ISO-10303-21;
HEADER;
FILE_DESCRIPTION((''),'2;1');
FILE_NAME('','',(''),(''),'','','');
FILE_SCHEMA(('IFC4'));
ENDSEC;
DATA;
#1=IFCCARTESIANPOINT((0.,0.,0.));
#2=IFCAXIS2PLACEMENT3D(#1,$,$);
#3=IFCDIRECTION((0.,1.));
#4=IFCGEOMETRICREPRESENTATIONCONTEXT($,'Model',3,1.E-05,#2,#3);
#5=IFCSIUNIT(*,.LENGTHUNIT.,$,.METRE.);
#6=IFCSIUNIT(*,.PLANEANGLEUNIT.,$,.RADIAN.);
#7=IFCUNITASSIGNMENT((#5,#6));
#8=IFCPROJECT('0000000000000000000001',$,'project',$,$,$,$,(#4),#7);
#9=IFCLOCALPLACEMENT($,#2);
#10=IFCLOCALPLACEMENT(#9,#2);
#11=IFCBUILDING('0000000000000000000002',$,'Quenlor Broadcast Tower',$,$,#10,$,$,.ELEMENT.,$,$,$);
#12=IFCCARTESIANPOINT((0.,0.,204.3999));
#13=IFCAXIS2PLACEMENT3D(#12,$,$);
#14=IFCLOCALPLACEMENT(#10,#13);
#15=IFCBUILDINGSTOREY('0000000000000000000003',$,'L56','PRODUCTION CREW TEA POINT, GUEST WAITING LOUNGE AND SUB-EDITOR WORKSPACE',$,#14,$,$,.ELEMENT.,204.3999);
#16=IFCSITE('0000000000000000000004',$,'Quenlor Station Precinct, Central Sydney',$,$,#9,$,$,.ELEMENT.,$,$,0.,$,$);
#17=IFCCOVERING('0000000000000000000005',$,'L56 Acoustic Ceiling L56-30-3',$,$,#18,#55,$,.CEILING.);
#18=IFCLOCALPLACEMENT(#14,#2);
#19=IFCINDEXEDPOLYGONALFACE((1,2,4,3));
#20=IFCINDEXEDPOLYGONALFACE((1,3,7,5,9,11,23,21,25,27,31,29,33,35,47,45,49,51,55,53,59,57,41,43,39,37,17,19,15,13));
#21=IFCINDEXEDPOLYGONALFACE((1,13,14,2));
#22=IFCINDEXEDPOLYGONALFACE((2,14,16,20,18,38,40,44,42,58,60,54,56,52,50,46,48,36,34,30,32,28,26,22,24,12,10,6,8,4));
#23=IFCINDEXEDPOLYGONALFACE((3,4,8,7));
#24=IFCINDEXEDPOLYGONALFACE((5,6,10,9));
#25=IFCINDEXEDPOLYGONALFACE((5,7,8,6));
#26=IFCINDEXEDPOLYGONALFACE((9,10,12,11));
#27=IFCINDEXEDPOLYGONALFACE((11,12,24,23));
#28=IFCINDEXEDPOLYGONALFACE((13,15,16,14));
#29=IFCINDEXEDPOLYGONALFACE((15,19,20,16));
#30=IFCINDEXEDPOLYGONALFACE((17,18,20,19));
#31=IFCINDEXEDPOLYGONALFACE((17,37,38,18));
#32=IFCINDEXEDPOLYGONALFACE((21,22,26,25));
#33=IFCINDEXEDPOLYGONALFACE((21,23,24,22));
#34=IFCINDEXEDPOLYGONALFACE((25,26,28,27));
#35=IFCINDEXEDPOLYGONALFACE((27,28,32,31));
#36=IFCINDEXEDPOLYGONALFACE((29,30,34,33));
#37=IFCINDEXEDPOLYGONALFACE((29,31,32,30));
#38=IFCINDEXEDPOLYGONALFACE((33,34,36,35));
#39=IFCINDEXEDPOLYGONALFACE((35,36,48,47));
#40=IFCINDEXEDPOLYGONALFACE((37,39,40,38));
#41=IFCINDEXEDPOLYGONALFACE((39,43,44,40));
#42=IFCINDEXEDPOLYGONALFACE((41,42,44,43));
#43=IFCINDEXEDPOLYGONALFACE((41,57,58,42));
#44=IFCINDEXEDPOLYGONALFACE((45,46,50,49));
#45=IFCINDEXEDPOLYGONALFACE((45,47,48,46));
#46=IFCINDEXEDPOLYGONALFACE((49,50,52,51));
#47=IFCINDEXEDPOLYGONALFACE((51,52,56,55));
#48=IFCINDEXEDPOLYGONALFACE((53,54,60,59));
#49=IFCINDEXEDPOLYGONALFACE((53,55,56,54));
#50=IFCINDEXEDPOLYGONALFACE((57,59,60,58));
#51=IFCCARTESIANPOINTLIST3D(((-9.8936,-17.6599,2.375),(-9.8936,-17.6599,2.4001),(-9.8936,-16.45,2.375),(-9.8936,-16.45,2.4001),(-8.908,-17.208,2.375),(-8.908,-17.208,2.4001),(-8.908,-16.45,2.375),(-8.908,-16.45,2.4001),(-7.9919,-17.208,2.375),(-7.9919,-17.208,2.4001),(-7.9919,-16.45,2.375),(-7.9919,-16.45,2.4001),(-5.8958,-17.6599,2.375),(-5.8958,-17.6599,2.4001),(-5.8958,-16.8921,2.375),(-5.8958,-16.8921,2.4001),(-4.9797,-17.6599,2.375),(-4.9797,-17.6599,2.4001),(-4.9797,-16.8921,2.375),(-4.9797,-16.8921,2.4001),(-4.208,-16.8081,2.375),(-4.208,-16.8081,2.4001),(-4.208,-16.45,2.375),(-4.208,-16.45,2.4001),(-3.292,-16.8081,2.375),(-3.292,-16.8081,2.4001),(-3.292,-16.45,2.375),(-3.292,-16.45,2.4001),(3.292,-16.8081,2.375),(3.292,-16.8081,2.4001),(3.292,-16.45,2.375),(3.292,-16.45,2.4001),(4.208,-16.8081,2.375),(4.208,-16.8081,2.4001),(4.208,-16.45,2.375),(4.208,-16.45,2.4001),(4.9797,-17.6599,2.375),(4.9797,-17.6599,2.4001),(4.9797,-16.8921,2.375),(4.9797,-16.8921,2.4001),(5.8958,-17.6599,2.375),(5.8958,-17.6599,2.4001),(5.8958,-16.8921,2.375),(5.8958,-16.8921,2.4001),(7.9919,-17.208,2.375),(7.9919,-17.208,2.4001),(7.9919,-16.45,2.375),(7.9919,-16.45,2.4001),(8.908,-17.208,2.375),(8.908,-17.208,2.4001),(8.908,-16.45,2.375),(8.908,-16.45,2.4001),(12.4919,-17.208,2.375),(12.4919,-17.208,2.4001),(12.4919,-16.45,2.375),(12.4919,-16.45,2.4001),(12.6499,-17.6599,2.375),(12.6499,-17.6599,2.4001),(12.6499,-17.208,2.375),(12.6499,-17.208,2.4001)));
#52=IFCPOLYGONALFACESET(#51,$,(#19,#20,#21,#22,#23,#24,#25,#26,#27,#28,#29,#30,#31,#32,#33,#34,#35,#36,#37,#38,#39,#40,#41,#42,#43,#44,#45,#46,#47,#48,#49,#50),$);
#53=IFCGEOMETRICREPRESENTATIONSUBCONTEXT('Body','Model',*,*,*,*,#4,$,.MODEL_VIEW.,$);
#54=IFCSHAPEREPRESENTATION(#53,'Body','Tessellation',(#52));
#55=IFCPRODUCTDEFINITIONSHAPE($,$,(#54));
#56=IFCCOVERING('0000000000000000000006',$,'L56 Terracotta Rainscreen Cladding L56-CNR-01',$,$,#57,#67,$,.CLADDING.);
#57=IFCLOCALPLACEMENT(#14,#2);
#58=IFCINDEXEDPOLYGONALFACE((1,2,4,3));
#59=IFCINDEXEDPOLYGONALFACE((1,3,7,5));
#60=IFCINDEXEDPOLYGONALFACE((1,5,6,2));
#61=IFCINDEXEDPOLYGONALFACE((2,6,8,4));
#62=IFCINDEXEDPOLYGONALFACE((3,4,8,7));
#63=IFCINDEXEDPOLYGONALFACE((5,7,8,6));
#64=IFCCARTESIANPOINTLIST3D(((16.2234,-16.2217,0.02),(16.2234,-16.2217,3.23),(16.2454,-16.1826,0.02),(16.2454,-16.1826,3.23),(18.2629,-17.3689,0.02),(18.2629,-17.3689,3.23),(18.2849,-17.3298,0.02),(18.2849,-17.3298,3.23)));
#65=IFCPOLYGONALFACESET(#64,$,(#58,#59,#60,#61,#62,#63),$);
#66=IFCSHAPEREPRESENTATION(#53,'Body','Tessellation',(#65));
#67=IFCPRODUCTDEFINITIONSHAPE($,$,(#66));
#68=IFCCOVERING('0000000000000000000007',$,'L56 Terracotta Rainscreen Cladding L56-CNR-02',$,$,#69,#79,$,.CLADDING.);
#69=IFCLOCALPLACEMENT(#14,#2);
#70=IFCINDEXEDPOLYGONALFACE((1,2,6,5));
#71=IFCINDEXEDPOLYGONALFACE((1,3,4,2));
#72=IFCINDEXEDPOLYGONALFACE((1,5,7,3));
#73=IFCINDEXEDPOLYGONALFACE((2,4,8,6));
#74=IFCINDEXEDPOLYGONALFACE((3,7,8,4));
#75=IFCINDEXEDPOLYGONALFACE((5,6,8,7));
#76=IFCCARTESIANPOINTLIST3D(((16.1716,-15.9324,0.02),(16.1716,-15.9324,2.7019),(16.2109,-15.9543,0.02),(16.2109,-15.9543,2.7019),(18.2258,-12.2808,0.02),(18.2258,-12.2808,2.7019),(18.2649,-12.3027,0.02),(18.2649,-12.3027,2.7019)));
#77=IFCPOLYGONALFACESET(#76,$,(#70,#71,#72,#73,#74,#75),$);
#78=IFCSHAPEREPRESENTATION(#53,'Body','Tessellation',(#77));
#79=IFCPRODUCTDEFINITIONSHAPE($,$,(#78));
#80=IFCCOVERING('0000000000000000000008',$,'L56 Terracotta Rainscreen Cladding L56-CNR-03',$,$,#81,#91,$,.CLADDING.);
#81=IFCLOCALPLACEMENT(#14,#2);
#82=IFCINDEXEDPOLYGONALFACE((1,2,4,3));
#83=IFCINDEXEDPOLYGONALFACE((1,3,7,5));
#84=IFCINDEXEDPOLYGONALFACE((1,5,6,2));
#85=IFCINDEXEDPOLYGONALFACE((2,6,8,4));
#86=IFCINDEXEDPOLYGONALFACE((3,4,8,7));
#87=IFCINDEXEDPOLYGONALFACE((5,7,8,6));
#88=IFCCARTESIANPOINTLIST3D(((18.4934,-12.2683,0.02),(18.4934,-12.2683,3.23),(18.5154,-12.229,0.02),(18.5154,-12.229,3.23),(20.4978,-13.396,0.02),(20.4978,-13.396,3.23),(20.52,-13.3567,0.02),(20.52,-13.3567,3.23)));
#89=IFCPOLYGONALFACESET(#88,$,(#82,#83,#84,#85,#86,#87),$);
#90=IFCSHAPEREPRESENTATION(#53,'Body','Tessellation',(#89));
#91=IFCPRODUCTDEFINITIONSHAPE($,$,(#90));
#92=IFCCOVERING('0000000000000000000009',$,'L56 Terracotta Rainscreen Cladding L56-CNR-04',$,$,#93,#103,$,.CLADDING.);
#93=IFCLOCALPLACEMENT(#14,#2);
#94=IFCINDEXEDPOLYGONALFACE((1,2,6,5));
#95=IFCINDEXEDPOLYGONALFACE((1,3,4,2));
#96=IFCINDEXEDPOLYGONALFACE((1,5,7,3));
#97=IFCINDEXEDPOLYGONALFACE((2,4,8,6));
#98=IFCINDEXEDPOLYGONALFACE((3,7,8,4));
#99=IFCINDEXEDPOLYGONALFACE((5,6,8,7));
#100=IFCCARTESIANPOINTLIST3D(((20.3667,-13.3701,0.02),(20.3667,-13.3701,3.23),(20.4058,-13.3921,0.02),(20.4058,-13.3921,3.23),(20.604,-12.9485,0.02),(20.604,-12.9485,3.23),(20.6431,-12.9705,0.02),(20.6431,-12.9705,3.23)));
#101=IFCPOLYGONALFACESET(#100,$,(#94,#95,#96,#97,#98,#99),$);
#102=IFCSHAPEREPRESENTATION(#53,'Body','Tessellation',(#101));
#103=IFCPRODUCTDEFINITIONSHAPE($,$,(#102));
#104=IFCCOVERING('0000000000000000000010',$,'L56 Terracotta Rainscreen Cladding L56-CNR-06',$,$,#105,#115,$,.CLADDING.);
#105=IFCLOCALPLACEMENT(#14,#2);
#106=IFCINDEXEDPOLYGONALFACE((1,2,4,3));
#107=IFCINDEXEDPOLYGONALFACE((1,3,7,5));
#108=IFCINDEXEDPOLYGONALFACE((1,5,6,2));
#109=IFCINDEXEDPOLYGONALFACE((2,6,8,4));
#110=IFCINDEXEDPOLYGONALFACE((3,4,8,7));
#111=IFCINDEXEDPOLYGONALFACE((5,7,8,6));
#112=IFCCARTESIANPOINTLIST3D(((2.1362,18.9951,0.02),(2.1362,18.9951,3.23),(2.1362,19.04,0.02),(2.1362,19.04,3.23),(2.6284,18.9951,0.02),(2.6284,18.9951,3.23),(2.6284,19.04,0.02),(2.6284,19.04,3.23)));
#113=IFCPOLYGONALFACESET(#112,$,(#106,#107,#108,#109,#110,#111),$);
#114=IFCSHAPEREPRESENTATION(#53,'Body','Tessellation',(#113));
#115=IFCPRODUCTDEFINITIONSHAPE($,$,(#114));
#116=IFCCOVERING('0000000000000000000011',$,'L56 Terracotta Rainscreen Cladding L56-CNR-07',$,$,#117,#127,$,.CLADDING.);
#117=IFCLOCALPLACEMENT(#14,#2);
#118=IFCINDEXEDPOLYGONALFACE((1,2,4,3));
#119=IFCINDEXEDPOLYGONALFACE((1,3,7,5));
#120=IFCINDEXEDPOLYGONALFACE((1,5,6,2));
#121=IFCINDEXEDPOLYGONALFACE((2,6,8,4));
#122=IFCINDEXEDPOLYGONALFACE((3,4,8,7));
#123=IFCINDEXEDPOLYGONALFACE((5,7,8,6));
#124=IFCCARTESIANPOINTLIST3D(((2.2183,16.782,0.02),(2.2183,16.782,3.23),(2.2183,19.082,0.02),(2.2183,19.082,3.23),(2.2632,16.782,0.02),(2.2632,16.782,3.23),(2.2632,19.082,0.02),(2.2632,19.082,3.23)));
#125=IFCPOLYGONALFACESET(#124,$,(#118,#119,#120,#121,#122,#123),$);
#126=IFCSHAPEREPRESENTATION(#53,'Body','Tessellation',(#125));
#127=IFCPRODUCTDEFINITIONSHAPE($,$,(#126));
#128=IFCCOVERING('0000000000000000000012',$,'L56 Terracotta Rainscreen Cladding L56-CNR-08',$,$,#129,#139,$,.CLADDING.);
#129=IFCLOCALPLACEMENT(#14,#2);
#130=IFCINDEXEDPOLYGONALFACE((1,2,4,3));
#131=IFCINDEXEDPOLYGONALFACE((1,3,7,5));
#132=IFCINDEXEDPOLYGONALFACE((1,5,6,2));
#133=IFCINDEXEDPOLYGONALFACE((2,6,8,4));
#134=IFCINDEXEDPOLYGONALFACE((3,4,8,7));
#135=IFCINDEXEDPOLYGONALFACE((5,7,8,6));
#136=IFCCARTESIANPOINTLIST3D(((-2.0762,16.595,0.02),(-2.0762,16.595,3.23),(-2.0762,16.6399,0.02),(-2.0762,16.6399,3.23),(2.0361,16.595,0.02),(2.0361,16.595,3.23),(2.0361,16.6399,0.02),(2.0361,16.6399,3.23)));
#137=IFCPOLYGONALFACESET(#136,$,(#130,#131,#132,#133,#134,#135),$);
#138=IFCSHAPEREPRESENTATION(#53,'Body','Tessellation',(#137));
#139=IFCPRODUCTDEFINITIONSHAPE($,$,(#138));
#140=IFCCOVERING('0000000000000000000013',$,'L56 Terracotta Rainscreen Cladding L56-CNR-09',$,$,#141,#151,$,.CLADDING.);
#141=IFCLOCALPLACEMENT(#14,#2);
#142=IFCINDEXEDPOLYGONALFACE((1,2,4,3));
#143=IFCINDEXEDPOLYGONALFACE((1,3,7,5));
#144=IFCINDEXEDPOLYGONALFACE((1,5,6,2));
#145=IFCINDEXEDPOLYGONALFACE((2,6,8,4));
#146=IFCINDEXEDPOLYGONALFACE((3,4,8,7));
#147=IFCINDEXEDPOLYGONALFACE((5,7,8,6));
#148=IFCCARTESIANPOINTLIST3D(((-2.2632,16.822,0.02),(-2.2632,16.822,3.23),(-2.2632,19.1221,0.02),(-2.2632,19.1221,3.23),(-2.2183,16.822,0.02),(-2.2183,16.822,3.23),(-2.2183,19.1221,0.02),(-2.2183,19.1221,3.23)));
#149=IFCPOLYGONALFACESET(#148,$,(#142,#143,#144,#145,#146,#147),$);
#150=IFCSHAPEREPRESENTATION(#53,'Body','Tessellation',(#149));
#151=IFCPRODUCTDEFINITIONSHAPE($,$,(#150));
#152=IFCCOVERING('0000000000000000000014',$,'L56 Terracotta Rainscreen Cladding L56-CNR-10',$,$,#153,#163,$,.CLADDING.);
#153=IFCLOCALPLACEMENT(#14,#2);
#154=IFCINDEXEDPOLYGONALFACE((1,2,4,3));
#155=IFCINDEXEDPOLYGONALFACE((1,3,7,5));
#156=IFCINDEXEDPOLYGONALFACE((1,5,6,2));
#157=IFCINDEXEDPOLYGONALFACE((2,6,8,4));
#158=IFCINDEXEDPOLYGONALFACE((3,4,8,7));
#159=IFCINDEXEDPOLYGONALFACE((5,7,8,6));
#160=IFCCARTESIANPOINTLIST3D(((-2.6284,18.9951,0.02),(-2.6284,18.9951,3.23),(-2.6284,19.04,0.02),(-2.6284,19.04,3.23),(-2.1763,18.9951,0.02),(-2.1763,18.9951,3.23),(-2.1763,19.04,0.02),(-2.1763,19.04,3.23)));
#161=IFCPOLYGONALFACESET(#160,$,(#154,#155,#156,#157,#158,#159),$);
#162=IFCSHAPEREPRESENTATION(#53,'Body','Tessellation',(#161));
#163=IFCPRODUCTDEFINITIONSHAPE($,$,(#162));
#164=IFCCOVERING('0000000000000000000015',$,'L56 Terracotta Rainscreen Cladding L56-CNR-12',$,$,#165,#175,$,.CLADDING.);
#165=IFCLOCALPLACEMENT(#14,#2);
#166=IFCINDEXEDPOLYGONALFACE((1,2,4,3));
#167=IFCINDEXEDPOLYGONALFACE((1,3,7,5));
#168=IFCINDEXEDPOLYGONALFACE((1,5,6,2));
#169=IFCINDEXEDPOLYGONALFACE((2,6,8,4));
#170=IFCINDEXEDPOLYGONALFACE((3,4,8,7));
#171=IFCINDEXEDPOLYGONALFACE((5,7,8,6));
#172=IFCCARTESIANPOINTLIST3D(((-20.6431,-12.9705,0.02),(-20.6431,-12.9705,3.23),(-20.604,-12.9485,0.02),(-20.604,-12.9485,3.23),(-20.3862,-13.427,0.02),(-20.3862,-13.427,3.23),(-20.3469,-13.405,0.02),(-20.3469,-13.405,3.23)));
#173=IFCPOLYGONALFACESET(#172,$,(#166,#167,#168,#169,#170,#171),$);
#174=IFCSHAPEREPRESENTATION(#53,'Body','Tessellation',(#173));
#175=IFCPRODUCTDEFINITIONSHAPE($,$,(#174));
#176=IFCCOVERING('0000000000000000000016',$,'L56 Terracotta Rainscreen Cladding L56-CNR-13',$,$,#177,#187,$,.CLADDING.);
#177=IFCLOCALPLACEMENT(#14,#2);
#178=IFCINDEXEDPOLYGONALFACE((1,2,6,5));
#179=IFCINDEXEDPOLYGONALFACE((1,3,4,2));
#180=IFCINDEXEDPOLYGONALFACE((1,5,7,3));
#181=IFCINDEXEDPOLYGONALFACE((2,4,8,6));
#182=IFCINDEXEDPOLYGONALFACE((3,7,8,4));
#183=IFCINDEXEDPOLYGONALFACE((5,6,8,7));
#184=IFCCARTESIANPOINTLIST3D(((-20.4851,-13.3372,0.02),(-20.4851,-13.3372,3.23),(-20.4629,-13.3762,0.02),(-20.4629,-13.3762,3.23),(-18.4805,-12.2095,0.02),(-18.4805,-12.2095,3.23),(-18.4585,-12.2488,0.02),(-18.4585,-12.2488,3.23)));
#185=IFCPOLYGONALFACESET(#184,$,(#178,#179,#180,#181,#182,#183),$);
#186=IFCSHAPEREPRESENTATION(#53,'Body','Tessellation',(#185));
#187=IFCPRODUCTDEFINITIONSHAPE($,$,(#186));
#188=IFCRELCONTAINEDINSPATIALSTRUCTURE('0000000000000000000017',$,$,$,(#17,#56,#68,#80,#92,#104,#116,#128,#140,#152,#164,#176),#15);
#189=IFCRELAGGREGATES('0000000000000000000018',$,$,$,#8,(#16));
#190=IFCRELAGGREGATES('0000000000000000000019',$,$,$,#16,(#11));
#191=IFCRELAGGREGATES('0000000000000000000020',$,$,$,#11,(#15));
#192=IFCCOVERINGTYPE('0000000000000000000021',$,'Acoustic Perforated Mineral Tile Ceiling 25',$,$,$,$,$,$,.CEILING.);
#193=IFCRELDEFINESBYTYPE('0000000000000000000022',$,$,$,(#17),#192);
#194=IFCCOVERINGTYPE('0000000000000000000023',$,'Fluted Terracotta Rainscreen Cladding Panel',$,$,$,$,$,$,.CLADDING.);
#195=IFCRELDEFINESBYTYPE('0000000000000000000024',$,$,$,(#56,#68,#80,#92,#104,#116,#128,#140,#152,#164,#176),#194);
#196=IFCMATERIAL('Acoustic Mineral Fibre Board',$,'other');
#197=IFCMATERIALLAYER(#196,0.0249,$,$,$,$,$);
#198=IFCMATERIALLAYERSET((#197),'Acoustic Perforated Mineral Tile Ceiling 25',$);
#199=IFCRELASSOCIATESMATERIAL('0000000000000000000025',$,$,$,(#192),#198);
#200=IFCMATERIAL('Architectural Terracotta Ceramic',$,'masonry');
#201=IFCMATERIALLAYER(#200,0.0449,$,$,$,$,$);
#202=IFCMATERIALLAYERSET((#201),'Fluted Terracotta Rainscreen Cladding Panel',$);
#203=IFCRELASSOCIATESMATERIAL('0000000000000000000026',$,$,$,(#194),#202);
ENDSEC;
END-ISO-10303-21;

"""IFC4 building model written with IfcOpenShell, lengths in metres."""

from ifc_helpers import new_model, si_unit, direction, frame, origin, place, context, subcontext, project, spatial, polyline, outline, extrude, material, layer, layer_set, type_object, element, save


model = new_model("IFC4")

# Units and contexts
model_context = context("Model", 3, precision=1e-05, world=origin(), true_north=direction((0.0, 1.0)))
body_context = subcontext(model_context, "Body", "Model", "MODEL_VIEW")
ifc_project = project(units=[si_unit("LENGTHUNIT", "METRE"), si_unit("PLANEANGLEUNIT", "RADIAN")], contexts=[model_context])

# Site, building, storey
site_placement = place(None, origin())
site = spatial("IfcSite", under=ifc_project, at=site_placement, Name="Quenlor Station Precinct, Central Sydney", CompositionType="ELEMENT", RefElevation=0.0)
building_placement = place(site_placement, origin())
building = spatial("IfcBuilding", under=site, at=building_placement, Name="Quenlor Broadcast Tower", CompositionType="ELEMENT")
storey_placement = place(building_placement, frame((0.0, 0.0, 204.3999)))
storey = spatial("IfcBuildingStorey", under=building, at=storey_placement, Name="L56", Description="PRODUCTION CREW TEA POINT, GUEST WAITING LOUNGE AND SUB-EDITOR WORKSPACE", CompositionType="ELEMENT", Elevation=204.3999)

# Coverings
ifc_material_1 = material(Name="Acoustic Mineral Fibre Board", Category="other")
ifc_layer_1 = layer(ifc_material_1, 0.0249)
ifc_layer_set_1 = layer_set([ifc_layer_1], Name="Acoustic Perforated Mineral Tile Ceiling 25")
covering_type_1 = type_object("IfcCoveringType", Name="Acoustic Perforated Mineral Tile Ceiling 25", PredefinedType="CEILING", material=ifc_layer_set_1)
covering_1_placement = place(storey_placement, frame((0.0, 0.0, 2.375)))
element("IfcCovering", 1, at=covering_1_placement, inside=storey, type_object=covering_type_1, Name="L56 Acoustic Ceiling L56-30-3", PredefinedType="CEILING", context=body_context, shape_type="SweptSolid", body=[
    extrude(outline(polyline([(5.8958, -17.6599), (5.8958, -16.8921), (4.9797, -16.8921), (4.9797, -17.6599), (-4.9797, -17.6599), (-4.9797, -16.8921), (-5.8958, -16.8921), (-5.8958, -17.6599), (-9.8936, -17.6599), (-9.8936, -16.45), (-8.908, -16.45), (-8.908, -17.208), (-7.9919, -17.208), (-7.9919, -16.45), (-4.208, -16.45), (-4.208, -16.8081), (-3.292, -16.8081), (-3.292, -16.45), (3.292, -16.45), (3.292, -16.8081), (4.208, -16.8081), (4.208, -16.45), (7.9919, -16.45), (7.9919, -17.208), (8.908, -17.208), (8.908, -16.45), (12.4919, -16.45), (12.4919, -17.208), (12.6499, -17.208), (12.6499, -17.6599), (5.8958, -17.6599)])), origin(), (0.0, 0.0, 1.0), 0.0251),
])
ifc_material_2 = material(Name="Architectural Terracotta Ceramic", Category="masonry")
ifc_layer_2 = layer(ifc_material_2, 0.0449)
ifc_layer_set_2 = layer_set([ifc_layer_2], Name="Fluted Terracotta Rainscreen Cladding Panel")
covering_type_2 = type_object("IfcCoveringType", Name="Fluted Terracotta Rainscreen Cladding Panel", PredefinedType="CLADDING", material=ifc_layer_set_2)
covering_2_placement = place(storey_placement, frame((0.0, 0.0, 0.02)))
element("IfcCovering", 2, at=covering_2_placement, inside=storey, type_object=covering_type_2, Name="L56 Terracotta Rainscreen Cladding L56-CNR-01", PredefinedType="CLADDING", context=body_context, shape_type="SweptSolid", body=[
    extrude(outline(polyline([(18.2849, -17.3298), (16.2454, -16.1826), (16.2234, -16.2217), (18.2629, -17.3689), (18.2849, -17.3298)])), origin(), (0.0, 0.0, 1.0), 3.21),
])
covering_3_placement = place(storey_placement, frame((0.0, 0.0, 0.02)))
element("IfcCovering", 3, at=covering_3_placement, inside=storey, type_object=covering_type_2, Name="L56 Terracotta Rainscreen Cladding L56-CNR-02", PredefinedType="CLADDING", context=body_context, shape_type="SweptSolid", body=[
    extrude(outline(polyline([(16.2109, -15.9543), (18.2649, -12.3027), (18.2258, -12.2808), (16.1716, -15.9324), (16.2109, -15.9543)])), origin(), (0.0, 0.0, 1.0), 2.6819),
])
covering_4_placement = place(storey_placement, frame((0.0, 0.0, 0.02)))
element("IfcCovering", 4, at=covering_4_placement, inside=storey, type_object=covering_type_2, Name="L56 Terracotta Rainscreen Cladding L56-CNR-03", PredefinedType="CLADDING", context=body_context, shape_type="SweptSolid", body=[
    extrude(outline(polyline([(18.4934, -12.2683), (20.4978, -13.396), (20.52, -13.3567), (18.5154, -12.229), (18.4934, -12.2683)])), origin(), (0.0, 0.0, 1.0), 3.21),
])
covering_5_placement = place(storey_placement, frame((0.0, 0.0, 0.02)))
element("IfcCovering", 5, at=covering_5_placement, inside=storey, type_object=covering_type_2, Name="L56 Terracotta Rainscreen Cladding L56-CNR-04", PredefinedType="CLADDING", context=body_context, shape_type="SweptSolid", body=[
    extrude(outline(polyline([(20.4058, -13.3921), (20.6431, -12.9705), (20.604, -12.9485), (20.3667, -13.3701), (20.4058, -13.3921)])), origin(), (0.0, 0.0, 1.0), 3.21),
])
covering_6_placement = place(storey_placement, frame((0.0, 0.0, 0.02)))
element("IfcCovering", 6, at=covering_6_placement, inside=storey, type_object=covering_type_2, Name="L56 Terracotta Rainscreen Cladding L56-CNR-06", PredefinedType="CLADDING", context=body_context, shape_type="SweptSolid", body=[
    extrude(outline(polyline([(2.6284, 19.04), (2.1362, 19.04), (2.1362, 18.9951), (2.6284, 18.9951), (2.6284, 19.04)])), origin(), (0.0, 0.0, 1.0), 3.21),
])
covering_7_placement = place(storey_placement, frame((0.0, 0.0, 0.02)))
element("IfcCovering", 7, at=covering_7_placement, inside=storey, type_object=covering_type_2, Name="L56 Terracotta Rainscreen Cladding L56-CNR-07", PredefinedType="CLADDING", context=body_context, shape_type="SweptSolid", body=[
    extrude(outline(polyline([(2.2183, 19.082), (2.2183, 16.782), (2.2632, 16.782), (2.2632, 19.082), (2.2183, 19.082)])), origin(), (0.0, 0.0, 1.0), 3.21),
])
covering_8_placement = place(storey_placement, frame((0.0, 0.0, 0.02)))
element("IfcCovering", 8, at=covering_8_placement, inside=storey, type_object=covering_type_2, Name="L56 Terracotta Rainscreen Cladding L56-CNR-08", PredefinedType="CLADDING", context=body_context, shape_type="SweptSolid", body=[
    extrude(outline(polyline([(2.0361, 16.6399), (-2.0762, 16.6399), (-2.0762, 16.595), (2.0361, 16.595), (2.0361, 16.6399)])), origin(), (0.0, 0.0, 1.0), 3.21),
])
covering_9_placement = place(storey_placement, frame((0.0, 0.0, 0.02)))
element("IfcCovering", 9, at=covering_9_placement, inside=storey, type_object=covering_type_2, Name="L56 Terracotta Rainscreen Cladding L56-CNR-09", PredefinedType="CLADDING", context=body_context, shape_type="SweptSolid", body=[
    extrude(outline(polyline([(-2.2183, 16.822), (-2.2183, 19.1221), (-2.2632, 19.1221), (-2.2632, 16.822), (-2.2183, 16.822)])), origin(), (0.0, 0.0, 1.0), 3.21),
])
covering_10_placement = place(storey_placement, frame((0.0, 0.0, 0.02)))
element("IfcCovering", 10, at=covering_10_placement, inside=storey, type_object=covering_type_2, Name="L56 Terracotta Rainscreen Cladding L56-CNR-10", PredefinedType="CLADDING", context=body_context, shape_type="SweptSolid", body=[
    extrude(outline(polyline([(-2.1763, 19.04), (-2.6284, 19.04), (-2.6284, 18.9951), (-2.1763, 18.9951), (-2.1763, 19.04)])), origin(), (0.0, 0.0, 1.0), 3.21),
])
covering_11_placement = place(storey_placement, frame((0.0, 0.0, 0.02)))
element("IfcCovering", 11, at=covering_11_placement, inside=storey, type_object=covering_type_2, Name="L56 Terracotta Rainscreen Cladding L56-CNR-12", PredefinedType="CLADDING", context=body_context, shape_type="SweptSolid", body=[
    extrude(outline(polyline([(-20.6431, -12.9705), (-20.3862, -13.427), (-20.3469, -13.405), (-20.604, -12.9485), (-20.6431, -12.9705)])), origin(), (0.0, 0.0, 1.0), 3.21),
])
covering_12_placement = place(storey_placement, frame((0.0, 0.0, 0.02)))
element("IfcCovering", 12, at=covering_12_placement, inside=storey, type_object=covering_type_2, Name="L56 Terracotta Rainscreen Cladding L56-CNR-13", PredefinedType="CLADDING", context=body_context, shape_type="SweptSolid", body=[
    extrude(outline(polyline([(-20.4629, -13.3762), (-18.4585, -12.2488), (-18.4805, -12.2095), (-20.4851, -13.3372), (-20.4629, -13.3762)])), origin(), (0.0, 0.0, 1.0), 3.21),
])

save(model, "model.ifc")
